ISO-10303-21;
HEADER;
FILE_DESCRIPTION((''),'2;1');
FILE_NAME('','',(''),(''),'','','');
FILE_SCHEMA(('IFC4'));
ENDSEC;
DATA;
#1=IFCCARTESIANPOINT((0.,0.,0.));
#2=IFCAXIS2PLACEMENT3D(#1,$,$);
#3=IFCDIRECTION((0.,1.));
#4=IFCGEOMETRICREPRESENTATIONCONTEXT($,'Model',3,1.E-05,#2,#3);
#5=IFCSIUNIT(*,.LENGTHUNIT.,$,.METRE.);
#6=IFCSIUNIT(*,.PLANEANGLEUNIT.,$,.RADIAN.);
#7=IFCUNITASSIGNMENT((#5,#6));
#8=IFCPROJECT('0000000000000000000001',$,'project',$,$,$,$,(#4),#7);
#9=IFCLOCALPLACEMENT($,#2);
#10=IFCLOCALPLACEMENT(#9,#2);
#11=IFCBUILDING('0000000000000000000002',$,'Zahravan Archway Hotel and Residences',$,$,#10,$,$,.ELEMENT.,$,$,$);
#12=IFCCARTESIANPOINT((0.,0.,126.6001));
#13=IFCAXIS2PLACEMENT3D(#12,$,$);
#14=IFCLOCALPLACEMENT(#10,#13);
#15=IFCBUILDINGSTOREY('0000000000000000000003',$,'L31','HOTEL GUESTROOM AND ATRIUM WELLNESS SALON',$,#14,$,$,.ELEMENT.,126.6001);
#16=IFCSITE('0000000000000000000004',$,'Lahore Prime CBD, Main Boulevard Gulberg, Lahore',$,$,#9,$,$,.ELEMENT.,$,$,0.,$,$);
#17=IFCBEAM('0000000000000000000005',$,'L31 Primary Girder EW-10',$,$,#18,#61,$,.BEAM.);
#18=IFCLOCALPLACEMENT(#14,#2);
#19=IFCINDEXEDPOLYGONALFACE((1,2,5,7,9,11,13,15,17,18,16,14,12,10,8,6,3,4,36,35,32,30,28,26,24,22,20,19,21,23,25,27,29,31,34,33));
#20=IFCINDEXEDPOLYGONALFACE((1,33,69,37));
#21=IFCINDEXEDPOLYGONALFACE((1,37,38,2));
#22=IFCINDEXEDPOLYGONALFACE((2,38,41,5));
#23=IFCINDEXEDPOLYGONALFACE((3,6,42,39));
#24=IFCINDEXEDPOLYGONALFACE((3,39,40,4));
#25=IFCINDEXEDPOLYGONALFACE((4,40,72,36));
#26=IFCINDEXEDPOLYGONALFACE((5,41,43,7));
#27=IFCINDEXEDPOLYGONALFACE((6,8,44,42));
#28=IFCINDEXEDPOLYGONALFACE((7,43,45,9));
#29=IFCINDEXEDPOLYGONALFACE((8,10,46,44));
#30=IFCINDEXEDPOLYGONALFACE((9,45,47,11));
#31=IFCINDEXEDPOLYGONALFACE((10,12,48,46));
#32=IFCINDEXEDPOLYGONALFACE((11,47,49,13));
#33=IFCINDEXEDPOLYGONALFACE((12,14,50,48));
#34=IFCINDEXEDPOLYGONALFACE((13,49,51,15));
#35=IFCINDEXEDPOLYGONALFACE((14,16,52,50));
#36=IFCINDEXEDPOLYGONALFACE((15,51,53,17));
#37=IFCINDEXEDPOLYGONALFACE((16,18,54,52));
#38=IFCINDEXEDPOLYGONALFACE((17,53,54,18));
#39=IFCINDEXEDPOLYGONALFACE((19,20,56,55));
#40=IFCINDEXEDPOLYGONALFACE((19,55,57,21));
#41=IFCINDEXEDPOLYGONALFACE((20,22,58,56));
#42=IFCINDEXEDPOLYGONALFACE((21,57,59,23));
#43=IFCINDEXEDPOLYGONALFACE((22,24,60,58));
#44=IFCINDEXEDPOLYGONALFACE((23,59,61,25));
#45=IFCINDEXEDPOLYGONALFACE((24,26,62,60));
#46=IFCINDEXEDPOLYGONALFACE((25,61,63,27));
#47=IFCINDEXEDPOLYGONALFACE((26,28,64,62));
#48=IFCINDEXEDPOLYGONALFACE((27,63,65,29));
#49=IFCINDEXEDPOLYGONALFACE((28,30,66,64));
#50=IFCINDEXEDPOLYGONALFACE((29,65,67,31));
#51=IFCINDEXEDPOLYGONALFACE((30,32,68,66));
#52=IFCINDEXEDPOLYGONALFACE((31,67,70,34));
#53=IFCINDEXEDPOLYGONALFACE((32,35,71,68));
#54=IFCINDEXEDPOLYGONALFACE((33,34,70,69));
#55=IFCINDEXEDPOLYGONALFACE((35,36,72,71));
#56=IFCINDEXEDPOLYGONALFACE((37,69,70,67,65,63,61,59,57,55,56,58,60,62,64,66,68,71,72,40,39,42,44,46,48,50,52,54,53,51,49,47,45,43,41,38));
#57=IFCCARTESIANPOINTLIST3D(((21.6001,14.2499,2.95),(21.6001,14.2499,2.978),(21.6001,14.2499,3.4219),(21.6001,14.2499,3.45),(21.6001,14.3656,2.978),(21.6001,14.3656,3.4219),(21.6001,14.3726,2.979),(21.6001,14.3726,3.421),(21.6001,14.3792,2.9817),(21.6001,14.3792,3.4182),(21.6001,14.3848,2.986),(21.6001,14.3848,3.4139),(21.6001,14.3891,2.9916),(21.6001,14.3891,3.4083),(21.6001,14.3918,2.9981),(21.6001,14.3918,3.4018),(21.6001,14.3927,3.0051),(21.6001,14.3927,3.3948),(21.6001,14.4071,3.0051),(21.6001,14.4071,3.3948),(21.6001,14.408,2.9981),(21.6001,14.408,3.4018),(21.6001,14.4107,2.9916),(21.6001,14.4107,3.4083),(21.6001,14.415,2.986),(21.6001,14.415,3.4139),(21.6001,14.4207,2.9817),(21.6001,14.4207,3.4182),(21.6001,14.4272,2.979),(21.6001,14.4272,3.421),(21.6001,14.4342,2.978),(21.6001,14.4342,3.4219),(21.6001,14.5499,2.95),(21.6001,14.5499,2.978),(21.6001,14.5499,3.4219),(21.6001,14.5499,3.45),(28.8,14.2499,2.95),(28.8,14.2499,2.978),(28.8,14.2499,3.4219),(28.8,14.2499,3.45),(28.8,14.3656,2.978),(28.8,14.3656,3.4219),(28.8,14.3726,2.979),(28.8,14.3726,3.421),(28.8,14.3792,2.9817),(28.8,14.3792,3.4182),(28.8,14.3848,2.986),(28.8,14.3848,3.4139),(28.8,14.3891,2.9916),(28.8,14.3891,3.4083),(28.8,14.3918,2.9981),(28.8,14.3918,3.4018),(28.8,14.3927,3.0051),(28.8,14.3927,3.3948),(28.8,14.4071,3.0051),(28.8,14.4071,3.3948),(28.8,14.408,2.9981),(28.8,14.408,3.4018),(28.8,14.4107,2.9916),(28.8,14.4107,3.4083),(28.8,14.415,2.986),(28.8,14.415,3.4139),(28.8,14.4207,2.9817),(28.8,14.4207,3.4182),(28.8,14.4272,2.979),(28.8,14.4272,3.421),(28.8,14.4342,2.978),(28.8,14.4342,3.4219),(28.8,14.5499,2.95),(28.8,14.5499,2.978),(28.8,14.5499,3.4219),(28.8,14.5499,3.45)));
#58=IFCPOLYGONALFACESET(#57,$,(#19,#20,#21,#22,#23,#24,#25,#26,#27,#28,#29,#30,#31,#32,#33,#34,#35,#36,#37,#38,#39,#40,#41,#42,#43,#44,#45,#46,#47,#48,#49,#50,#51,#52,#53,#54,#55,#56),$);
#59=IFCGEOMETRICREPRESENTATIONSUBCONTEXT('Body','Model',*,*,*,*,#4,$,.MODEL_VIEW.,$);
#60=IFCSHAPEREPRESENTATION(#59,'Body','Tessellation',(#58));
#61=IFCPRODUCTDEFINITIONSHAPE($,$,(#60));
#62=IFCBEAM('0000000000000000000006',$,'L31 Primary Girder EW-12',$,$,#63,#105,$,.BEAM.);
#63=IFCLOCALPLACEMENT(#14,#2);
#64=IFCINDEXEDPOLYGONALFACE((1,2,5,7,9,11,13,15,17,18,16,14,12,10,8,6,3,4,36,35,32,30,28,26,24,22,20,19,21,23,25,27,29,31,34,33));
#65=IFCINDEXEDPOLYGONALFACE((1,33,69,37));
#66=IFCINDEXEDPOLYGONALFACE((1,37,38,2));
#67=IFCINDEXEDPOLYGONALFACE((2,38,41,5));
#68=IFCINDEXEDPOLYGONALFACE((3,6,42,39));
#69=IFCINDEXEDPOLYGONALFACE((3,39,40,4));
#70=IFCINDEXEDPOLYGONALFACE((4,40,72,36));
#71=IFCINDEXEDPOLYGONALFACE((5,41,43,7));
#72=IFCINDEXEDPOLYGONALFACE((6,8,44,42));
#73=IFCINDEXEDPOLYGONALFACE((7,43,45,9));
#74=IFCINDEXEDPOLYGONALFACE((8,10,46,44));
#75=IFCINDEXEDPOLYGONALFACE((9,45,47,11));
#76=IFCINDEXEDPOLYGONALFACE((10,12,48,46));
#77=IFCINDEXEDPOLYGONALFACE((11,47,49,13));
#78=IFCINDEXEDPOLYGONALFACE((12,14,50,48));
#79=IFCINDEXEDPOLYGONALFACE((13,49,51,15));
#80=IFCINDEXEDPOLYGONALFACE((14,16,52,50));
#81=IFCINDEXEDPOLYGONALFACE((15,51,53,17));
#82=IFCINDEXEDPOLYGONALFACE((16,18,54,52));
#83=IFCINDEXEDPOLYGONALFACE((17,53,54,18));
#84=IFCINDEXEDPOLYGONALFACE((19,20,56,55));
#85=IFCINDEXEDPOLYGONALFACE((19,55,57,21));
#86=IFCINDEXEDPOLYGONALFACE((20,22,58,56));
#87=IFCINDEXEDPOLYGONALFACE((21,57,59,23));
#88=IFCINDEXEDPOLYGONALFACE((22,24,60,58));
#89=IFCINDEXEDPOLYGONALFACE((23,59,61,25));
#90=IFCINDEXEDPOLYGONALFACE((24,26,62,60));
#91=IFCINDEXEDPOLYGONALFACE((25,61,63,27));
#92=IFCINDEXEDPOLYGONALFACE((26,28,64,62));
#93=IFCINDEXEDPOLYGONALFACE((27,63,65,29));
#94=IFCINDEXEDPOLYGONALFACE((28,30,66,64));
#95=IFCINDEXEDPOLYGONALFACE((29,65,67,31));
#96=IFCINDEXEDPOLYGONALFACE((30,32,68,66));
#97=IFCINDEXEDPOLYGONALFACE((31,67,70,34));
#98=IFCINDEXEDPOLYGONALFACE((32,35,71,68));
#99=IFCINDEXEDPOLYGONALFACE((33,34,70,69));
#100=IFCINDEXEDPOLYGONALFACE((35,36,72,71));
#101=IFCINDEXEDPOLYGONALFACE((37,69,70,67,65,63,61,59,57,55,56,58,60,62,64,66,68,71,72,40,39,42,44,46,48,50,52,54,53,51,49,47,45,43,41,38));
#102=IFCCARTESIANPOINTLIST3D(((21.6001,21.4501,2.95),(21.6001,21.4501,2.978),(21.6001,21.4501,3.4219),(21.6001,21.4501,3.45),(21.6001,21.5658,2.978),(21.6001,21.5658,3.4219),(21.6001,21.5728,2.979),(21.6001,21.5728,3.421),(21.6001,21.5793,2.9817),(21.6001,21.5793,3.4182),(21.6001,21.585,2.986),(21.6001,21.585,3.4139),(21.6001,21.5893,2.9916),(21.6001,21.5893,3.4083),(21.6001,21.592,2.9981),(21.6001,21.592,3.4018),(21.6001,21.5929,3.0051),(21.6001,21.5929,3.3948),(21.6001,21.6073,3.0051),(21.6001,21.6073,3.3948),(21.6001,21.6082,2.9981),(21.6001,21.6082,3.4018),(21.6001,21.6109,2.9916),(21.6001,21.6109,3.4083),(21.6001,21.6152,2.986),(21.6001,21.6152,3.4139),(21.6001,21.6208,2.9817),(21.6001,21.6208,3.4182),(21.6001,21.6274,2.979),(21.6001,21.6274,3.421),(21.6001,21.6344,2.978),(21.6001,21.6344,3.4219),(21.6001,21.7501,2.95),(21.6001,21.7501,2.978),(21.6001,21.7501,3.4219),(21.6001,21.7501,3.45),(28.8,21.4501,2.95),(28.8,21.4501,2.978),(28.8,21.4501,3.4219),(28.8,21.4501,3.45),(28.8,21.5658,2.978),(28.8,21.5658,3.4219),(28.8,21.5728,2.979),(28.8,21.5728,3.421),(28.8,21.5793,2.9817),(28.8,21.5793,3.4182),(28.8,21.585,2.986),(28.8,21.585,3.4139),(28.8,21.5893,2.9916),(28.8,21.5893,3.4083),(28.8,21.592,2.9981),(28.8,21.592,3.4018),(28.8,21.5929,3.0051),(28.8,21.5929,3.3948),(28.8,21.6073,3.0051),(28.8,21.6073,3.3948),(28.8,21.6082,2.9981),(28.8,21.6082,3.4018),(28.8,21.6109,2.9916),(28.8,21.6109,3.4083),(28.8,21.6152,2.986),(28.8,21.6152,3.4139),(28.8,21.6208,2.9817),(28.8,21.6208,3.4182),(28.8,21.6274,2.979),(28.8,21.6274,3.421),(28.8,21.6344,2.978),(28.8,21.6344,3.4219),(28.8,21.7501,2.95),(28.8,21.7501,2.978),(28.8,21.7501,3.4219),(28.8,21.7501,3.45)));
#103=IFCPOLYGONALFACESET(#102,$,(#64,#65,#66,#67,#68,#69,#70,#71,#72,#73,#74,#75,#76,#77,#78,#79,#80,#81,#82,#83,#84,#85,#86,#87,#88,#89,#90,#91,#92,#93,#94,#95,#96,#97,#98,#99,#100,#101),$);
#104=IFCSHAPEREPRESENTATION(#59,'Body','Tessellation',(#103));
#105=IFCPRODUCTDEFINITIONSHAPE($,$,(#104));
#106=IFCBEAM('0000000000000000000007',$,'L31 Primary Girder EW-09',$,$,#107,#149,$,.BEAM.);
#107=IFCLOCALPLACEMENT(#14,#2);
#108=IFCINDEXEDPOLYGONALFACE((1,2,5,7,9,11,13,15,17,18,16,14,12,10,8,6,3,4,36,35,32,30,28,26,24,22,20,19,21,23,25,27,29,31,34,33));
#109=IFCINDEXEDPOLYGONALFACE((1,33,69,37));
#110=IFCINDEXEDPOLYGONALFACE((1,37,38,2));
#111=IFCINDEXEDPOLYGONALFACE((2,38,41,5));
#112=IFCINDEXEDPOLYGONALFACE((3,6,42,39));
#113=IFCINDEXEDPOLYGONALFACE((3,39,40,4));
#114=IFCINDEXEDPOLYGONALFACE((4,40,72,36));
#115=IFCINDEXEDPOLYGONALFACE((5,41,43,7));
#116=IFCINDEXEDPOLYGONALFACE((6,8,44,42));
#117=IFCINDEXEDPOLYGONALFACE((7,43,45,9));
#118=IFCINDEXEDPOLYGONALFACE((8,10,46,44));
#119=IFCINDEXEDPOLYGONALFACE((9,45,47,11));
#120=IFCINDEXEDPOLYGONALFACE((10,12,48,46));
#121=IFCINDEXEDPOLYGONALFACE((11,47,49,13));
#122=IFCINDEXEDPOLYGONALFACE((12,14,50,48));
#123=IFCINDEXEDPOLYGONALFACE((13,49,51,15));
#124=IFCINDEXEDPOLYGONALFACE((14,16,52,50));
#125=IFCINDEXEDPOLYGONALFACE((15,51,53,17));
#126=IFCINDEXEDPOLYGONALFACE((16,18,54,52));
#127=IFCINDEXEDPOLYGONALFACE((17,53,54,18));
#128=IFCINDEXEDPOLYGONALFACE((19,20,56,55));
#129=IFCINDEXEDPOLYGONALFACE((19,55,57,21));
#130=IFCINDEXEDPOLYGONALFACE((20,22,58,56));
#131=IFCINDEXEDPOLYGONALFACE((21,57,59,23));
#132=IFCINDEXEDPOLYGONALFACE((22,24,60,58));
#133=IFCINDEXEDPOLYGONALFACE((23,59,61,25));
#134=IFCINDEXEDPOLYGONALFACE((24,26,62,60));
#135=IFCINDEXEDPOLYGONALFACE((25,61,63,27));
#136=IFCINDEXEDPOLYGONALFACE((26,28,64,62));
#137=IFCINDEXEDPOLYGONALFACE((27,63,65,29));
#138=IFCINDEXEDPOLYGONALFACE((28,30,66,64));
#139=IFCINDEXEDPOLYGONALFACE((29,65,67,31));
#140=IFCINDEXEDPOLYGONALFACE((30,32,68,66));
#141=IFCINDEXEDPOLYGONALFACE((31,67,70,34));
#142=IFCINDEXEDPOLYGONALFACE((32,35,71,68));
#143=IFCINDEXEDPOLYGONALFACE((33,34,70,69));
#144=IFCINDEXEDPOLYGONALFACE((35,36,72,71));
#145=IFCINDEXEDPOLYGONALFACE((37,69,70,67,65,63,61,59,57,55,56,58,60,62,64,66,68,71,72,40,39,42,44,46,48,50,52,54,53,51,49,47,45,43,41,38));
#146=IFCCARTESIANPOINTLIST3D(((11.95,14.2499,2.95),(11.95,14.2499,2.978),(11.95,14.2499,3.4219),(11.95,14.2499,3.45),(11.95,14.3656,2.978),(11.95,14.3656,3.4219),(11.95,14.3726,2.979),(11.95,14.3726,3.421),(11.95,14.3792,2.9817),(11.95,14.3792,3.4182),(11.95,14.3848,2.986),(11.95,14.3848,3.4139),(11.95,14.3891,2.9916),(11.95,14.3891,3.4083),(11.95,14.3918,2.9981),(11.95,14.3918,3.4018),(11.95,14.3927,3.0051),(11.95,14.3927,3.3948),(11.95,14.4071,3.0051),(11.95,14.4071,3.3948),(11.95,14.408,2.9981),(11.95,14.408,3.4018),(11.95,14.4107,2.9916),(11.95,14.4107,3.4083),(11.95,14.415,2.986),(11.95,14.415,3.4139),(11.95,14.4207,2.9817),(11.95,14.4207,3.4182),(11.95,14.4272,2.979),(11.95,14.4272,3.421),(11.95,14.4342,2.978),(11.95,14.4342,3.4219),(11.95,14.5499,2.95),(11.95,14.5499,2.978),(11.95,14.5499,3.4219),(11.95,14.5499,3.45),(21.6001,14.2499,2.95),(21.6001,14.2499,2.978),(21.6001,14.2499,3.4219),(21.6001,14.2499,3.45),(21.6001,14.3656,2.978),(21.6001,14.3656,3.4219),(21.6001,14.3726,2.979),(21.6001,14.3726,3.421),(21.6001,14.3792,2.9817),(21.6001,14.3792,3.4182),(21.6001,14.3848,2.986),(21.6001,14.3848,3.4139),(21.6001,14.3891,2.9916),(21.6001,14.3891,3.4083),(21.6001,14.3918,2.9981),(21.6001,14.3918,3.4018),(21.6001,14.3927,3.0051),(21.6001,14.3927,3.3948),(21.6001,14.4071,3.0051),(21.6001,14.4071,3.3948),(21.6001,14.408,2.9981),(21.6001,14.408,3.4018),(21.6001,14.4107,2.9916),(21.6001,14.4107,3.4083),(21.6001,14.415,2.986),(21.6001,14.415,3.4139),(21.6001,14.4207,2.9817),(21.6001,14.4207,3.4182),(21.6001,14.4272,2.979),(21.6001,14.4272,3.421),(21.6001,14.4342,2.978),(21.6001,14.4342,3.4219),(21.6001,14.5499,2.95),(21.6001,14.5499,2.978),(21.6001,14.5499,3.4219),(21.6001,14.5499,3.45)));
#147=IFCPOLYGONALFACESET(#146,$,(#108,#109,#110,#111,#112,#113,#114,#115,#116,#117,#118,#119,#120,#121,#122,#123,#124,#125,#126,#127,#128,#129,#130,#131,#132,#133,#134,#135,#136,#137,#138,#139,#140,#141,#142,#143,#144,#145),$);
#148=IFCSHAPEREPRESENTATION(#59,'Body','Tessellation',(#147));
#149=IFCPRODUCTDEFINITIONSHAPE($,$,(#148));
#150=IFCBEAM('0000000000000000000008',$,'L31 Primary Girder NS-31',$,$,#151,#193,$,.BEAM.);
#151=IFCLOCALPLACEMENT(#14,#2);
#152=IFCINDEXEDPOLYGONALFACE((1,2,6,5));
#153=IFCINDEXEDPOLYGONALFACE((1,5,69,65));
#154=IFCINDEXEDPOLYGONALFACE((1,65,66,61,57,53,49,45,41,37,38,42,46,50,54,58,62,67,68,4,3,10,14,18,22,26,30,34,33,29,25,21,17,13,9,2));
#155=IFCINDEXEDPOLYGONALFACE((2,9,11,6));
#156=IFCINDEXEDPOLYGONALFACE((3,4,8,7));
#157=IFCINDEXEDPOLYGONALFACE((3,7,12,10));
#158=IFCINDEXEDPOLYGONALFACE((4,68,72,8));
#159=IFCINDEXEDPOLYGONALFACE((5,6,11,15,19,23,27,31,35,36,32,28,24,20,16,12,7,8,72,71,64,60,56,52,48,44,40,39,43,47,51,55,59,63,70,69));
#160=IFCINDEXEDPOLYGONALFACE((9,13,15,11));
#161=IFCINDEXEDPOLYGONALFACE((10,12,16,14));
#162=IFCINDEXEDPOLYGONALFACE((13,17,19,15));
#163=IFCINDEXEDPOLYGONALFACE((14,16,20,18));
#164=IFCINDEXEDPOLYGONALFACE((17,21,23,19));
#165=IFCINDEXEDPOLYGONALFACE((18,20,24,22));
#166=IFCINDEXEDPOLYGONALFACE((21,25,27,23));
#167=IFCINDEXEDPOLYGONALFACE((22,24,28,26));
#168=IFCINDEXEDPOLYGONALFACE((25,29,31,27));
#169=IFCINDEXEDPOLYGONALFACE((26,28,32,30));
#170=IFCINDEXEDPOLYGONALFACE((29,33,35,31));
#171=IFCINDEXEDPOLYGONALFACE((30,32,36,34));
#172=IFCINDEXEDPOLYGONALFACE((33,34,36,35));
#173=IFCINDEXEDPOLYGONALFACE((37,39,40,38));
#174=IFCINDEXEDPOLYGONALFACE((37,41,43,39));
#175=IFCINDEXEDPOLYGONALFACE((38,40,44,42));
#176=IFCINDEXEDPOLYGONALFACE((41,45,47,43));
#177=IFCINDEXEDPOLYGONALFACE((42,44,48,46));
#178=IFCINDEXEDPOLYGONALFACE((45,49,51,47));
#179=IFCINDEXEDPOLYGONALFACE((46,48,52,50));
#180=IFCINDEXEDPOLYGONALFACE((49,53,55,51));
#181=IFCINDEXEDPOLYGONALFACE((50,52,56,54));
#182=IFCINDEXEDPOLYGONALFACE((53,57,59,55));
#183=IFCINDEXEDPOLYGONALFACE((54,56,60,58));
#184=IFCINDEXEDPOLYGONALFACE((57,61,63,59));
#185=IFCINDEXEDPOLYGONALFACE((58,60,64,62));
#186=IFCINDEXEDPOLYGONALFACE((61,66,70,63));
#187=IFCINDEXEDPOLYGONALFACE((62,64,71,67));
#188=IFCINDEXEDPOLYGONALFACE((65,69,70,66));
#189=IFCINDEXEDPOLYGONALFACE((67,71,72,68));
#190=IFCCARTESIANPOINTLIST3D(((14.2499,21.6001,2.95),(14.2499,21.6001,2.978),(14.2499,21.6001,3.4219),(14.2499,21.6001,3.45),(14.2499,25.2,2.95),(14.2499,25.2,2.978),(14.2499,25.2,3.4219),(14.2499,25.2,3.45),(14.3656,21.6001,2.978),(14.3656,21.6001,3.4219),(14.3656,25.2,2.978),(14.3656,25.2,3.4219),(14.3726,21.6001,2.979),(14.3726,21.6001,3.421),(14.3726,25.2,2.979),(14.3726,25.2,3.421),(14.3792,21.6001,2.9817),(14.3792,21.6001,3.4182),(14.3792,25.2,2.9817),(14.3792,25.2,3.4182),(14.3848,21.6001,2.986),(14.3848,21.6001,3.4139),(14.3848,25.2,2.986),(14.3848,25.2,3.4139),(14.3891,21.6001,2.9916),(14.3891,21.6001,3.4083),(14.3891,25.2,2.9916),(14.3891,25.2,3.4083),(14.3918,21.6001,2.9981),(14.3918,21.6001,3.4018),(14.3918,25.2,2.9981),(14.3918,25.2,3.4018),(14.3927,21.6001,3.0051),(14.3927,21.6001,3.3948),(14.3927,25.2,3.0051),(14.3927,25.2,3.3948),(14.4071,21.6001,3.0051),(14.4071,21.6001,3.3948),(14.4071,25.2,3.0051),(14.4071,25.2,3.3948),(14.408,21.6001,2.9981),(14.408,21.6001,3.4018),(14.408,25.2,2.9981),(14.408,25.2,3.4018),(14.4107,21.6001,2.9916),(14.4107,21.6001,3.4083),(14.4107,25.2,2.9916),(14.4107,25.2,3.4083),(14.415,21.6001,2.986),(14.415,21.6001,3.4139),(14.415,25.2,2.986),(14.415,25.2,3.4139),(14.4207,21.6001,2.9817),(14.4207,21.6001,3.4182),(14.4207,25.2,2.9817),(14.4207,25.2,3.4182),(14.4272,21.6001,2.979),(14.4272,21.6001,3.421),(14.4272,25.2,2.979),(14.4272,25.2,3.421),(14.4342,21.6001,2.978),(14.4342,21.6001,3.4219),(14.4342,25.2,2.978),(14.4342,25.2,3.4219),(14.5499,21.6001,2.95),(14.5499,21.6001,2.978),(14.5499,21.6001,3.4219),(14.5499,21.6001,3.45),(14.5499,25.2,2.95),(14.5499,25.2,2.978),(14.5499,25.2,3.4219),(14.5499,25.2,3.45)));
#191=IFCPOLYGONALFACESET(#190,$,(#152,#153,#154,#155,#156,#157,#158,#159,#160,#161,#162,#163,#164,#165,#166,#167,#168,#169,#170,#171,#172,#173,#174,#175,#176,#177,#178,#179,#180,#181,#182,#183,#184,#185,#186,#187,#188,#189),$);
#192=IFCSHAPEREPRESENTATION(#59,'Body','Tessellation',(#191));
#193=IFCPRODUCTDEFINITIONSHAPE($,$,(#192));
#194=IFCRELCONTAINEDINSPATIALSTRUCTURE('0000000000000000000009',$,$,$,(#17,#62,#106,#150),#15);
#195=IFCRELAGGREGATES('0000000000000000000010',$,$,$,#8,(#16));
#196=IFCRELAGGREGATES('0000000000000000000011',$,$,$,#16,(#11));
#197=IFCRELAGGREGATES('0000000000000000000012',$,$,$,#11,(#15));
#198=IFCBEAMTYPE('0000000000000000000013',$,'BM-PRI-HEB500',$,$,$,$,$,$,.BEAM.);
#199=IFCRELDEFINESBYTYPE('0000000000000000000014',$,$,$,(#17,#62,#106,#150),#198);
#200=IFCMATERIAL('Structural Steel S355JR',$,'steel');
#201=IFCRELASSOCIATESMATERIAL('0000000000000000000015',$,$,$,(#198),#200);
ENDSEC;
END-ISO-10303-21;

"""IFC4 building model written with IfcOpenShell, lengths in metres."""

from ifc_helpers import new_model, si_unit, direction, frame, origin, origin_2d, place, context, subcontext, project, spatial, i_section, extrude, source, transform, mapped, material, material_profile, profile_set, type_object, element, save


model = new_model("IFC4")

# Units and contexts
model_context = context("Model", 3, precision=1e-05, world=origin(), true_north=direction((0.0, 1.0)))
body_context = subcontext(model_context, "Body", "Model", "MODEL_VIEW")
ifc_project = project(units=[si_unit("LENGTHUNIT", "METRE"), si_unit("PLANEANGLEUNIT", "RADIAN")], contexts=[model_context])

# Site, building, storey
site_placement = place(None, origin())
site = spatial("IfcSite", under=ifc_project, at=site_placement, Name="Lahore Prime CBD, Main Boulevard Gulberg, Lahore", CompositionType="ELEMENT", RefElevation=0.0)
building_placement = place(site_placement, origin())
building = spatial("IfcBuilding", under=site, at=building_placement, Name="Zahravan Archway Hotel and Residences", CompositionType="ELEMENT")
storey_placement = place(building_placement, frame((0.0, 0.0, 126.6001)))
storey = spatial("IfcBuildingStorey", under=building, at=storey_placement, Name="L31", Description="HOTEL GUESTROOM AND ATRIUM WELLNESS SALON", CompositionType="ELEMENT", Elevation=126.6001)

# Beams
ifc_material_1 = material(Name="Structural Steel S355JR", Category="steel")
ifc_material_profile_1 = material_profile(ifc_material_1, i_section(OverallWidth=0.3, OverallDepth=0.5, WebThickness=0.0144, FlangeThickness=0.0281, FilletRadius=0.0271, at=origin_2d()), Name="HEB 500", Category="steel")
ifc_profile_set_1 = profile_set([ifc_material_profile_1], Name="Structural Steel S355JR")
beam_type_1 = type_object("IfcBeamType", Name="BM-PRI-HEB500", PredefinedType="BEAM", material=ifc_profile_set_1)
shared_shape_1 = source(origin(), body_context, "Body", "SweptSolid", [
    extrude(i_section(OverallWidth=0.3, OverallDepth=0.5, WebThickness=0.0144, FlangeThickness=0.0281, FilletRadius=0.0271, at=origin_2d()), origin(), (0.0, 0.0, 1.0), 7.2),
])
for number, where, z_axis, x_axis, name in (
    (1, (21.6001, 14.3999, 3.2), (1.0, 0.0, 0.0), (0.0, 1.0, 0.0), "L31 Primary Girder EW-10"),
    (2, (21.6001, 21.6001, 3.2), (1.0, 0.0, 0.0), (0.0, 1.0, 0.0), "L31 Primary Girder EW-12"),
):
    element("IfcBeam", number, at=place(storey_placement, frame(where, z_axis=z_axis, x_axis=x_axis)), inside=storey, type_object=beam_type_1, Name=name, PredefinedType="BEAM", context=body_context, shape_type="MappedRepresentation", body=[
        mapped(shared_shape_1, transform((0.0, 0.0, 0.0), scale=1.0)),
    ])
shared_shape_2 = source(origin(), body_context, "Body", "SweptSolid", [
    extrude(i_section(OverallWidth=0.3, OverallDepth=0.5, WebThickness=0.0144, FlangeThickness=0.0281, FilletRadius=0.0271, at=origin_2d()), origin(), (0.0, 0.0, 1.0), 9.6501),
])
beam_1_placement = place(storey_placement, frame((11.95, 14.3999, 3.2), z_axis=(1.0, 0.0, 0.0), x_axis=(0.0, 1.0, 0.0)))
element("IfcBeam", 3, at=beam_1_placement, inside=storey, type_object=beam_type_1, Name="L31 Primary Girder EW-09", PredefinedType="BEAM", context=body_context, shape_type="MappedRepresentation", body=[
    mapped(shared_shape_2, transform((0.0, 0.0, 0.0), scale=1.0)),
])
shared_shape_3 = source(origin(), body_context, "Body", "SweptSolid", [
    extrude(i_section(OverallWidth=0.3, OverallDepth=0.5, WebThickness=0.0144, FlangeThickness=0.0281, FilletRadius=0.0271, at=origin_2d()), origin(), (0.0, 0.0, 1.0), 3.5999),
])
beam_2_placement = place(storey_placement, frame((14.3999, 21.6001, 3.2), z_axis=(0.0, 1.0, 0.0), x_axis=(-1.0, 0.0, 0.0)))
element("IfcBeam", 4, at=beam_2_placement, inside=storey, type_object=beam_type_1, Name="L31 Primary Girder NS-31", PredefinedType="BEAM", context=body_context, shape_type="MappedRepresentation", body=[
    mapped(shared_shape_3, transform((0.0, 0.0, 0.0), scale=1.0)),
])

save(model, "model.ifc")
